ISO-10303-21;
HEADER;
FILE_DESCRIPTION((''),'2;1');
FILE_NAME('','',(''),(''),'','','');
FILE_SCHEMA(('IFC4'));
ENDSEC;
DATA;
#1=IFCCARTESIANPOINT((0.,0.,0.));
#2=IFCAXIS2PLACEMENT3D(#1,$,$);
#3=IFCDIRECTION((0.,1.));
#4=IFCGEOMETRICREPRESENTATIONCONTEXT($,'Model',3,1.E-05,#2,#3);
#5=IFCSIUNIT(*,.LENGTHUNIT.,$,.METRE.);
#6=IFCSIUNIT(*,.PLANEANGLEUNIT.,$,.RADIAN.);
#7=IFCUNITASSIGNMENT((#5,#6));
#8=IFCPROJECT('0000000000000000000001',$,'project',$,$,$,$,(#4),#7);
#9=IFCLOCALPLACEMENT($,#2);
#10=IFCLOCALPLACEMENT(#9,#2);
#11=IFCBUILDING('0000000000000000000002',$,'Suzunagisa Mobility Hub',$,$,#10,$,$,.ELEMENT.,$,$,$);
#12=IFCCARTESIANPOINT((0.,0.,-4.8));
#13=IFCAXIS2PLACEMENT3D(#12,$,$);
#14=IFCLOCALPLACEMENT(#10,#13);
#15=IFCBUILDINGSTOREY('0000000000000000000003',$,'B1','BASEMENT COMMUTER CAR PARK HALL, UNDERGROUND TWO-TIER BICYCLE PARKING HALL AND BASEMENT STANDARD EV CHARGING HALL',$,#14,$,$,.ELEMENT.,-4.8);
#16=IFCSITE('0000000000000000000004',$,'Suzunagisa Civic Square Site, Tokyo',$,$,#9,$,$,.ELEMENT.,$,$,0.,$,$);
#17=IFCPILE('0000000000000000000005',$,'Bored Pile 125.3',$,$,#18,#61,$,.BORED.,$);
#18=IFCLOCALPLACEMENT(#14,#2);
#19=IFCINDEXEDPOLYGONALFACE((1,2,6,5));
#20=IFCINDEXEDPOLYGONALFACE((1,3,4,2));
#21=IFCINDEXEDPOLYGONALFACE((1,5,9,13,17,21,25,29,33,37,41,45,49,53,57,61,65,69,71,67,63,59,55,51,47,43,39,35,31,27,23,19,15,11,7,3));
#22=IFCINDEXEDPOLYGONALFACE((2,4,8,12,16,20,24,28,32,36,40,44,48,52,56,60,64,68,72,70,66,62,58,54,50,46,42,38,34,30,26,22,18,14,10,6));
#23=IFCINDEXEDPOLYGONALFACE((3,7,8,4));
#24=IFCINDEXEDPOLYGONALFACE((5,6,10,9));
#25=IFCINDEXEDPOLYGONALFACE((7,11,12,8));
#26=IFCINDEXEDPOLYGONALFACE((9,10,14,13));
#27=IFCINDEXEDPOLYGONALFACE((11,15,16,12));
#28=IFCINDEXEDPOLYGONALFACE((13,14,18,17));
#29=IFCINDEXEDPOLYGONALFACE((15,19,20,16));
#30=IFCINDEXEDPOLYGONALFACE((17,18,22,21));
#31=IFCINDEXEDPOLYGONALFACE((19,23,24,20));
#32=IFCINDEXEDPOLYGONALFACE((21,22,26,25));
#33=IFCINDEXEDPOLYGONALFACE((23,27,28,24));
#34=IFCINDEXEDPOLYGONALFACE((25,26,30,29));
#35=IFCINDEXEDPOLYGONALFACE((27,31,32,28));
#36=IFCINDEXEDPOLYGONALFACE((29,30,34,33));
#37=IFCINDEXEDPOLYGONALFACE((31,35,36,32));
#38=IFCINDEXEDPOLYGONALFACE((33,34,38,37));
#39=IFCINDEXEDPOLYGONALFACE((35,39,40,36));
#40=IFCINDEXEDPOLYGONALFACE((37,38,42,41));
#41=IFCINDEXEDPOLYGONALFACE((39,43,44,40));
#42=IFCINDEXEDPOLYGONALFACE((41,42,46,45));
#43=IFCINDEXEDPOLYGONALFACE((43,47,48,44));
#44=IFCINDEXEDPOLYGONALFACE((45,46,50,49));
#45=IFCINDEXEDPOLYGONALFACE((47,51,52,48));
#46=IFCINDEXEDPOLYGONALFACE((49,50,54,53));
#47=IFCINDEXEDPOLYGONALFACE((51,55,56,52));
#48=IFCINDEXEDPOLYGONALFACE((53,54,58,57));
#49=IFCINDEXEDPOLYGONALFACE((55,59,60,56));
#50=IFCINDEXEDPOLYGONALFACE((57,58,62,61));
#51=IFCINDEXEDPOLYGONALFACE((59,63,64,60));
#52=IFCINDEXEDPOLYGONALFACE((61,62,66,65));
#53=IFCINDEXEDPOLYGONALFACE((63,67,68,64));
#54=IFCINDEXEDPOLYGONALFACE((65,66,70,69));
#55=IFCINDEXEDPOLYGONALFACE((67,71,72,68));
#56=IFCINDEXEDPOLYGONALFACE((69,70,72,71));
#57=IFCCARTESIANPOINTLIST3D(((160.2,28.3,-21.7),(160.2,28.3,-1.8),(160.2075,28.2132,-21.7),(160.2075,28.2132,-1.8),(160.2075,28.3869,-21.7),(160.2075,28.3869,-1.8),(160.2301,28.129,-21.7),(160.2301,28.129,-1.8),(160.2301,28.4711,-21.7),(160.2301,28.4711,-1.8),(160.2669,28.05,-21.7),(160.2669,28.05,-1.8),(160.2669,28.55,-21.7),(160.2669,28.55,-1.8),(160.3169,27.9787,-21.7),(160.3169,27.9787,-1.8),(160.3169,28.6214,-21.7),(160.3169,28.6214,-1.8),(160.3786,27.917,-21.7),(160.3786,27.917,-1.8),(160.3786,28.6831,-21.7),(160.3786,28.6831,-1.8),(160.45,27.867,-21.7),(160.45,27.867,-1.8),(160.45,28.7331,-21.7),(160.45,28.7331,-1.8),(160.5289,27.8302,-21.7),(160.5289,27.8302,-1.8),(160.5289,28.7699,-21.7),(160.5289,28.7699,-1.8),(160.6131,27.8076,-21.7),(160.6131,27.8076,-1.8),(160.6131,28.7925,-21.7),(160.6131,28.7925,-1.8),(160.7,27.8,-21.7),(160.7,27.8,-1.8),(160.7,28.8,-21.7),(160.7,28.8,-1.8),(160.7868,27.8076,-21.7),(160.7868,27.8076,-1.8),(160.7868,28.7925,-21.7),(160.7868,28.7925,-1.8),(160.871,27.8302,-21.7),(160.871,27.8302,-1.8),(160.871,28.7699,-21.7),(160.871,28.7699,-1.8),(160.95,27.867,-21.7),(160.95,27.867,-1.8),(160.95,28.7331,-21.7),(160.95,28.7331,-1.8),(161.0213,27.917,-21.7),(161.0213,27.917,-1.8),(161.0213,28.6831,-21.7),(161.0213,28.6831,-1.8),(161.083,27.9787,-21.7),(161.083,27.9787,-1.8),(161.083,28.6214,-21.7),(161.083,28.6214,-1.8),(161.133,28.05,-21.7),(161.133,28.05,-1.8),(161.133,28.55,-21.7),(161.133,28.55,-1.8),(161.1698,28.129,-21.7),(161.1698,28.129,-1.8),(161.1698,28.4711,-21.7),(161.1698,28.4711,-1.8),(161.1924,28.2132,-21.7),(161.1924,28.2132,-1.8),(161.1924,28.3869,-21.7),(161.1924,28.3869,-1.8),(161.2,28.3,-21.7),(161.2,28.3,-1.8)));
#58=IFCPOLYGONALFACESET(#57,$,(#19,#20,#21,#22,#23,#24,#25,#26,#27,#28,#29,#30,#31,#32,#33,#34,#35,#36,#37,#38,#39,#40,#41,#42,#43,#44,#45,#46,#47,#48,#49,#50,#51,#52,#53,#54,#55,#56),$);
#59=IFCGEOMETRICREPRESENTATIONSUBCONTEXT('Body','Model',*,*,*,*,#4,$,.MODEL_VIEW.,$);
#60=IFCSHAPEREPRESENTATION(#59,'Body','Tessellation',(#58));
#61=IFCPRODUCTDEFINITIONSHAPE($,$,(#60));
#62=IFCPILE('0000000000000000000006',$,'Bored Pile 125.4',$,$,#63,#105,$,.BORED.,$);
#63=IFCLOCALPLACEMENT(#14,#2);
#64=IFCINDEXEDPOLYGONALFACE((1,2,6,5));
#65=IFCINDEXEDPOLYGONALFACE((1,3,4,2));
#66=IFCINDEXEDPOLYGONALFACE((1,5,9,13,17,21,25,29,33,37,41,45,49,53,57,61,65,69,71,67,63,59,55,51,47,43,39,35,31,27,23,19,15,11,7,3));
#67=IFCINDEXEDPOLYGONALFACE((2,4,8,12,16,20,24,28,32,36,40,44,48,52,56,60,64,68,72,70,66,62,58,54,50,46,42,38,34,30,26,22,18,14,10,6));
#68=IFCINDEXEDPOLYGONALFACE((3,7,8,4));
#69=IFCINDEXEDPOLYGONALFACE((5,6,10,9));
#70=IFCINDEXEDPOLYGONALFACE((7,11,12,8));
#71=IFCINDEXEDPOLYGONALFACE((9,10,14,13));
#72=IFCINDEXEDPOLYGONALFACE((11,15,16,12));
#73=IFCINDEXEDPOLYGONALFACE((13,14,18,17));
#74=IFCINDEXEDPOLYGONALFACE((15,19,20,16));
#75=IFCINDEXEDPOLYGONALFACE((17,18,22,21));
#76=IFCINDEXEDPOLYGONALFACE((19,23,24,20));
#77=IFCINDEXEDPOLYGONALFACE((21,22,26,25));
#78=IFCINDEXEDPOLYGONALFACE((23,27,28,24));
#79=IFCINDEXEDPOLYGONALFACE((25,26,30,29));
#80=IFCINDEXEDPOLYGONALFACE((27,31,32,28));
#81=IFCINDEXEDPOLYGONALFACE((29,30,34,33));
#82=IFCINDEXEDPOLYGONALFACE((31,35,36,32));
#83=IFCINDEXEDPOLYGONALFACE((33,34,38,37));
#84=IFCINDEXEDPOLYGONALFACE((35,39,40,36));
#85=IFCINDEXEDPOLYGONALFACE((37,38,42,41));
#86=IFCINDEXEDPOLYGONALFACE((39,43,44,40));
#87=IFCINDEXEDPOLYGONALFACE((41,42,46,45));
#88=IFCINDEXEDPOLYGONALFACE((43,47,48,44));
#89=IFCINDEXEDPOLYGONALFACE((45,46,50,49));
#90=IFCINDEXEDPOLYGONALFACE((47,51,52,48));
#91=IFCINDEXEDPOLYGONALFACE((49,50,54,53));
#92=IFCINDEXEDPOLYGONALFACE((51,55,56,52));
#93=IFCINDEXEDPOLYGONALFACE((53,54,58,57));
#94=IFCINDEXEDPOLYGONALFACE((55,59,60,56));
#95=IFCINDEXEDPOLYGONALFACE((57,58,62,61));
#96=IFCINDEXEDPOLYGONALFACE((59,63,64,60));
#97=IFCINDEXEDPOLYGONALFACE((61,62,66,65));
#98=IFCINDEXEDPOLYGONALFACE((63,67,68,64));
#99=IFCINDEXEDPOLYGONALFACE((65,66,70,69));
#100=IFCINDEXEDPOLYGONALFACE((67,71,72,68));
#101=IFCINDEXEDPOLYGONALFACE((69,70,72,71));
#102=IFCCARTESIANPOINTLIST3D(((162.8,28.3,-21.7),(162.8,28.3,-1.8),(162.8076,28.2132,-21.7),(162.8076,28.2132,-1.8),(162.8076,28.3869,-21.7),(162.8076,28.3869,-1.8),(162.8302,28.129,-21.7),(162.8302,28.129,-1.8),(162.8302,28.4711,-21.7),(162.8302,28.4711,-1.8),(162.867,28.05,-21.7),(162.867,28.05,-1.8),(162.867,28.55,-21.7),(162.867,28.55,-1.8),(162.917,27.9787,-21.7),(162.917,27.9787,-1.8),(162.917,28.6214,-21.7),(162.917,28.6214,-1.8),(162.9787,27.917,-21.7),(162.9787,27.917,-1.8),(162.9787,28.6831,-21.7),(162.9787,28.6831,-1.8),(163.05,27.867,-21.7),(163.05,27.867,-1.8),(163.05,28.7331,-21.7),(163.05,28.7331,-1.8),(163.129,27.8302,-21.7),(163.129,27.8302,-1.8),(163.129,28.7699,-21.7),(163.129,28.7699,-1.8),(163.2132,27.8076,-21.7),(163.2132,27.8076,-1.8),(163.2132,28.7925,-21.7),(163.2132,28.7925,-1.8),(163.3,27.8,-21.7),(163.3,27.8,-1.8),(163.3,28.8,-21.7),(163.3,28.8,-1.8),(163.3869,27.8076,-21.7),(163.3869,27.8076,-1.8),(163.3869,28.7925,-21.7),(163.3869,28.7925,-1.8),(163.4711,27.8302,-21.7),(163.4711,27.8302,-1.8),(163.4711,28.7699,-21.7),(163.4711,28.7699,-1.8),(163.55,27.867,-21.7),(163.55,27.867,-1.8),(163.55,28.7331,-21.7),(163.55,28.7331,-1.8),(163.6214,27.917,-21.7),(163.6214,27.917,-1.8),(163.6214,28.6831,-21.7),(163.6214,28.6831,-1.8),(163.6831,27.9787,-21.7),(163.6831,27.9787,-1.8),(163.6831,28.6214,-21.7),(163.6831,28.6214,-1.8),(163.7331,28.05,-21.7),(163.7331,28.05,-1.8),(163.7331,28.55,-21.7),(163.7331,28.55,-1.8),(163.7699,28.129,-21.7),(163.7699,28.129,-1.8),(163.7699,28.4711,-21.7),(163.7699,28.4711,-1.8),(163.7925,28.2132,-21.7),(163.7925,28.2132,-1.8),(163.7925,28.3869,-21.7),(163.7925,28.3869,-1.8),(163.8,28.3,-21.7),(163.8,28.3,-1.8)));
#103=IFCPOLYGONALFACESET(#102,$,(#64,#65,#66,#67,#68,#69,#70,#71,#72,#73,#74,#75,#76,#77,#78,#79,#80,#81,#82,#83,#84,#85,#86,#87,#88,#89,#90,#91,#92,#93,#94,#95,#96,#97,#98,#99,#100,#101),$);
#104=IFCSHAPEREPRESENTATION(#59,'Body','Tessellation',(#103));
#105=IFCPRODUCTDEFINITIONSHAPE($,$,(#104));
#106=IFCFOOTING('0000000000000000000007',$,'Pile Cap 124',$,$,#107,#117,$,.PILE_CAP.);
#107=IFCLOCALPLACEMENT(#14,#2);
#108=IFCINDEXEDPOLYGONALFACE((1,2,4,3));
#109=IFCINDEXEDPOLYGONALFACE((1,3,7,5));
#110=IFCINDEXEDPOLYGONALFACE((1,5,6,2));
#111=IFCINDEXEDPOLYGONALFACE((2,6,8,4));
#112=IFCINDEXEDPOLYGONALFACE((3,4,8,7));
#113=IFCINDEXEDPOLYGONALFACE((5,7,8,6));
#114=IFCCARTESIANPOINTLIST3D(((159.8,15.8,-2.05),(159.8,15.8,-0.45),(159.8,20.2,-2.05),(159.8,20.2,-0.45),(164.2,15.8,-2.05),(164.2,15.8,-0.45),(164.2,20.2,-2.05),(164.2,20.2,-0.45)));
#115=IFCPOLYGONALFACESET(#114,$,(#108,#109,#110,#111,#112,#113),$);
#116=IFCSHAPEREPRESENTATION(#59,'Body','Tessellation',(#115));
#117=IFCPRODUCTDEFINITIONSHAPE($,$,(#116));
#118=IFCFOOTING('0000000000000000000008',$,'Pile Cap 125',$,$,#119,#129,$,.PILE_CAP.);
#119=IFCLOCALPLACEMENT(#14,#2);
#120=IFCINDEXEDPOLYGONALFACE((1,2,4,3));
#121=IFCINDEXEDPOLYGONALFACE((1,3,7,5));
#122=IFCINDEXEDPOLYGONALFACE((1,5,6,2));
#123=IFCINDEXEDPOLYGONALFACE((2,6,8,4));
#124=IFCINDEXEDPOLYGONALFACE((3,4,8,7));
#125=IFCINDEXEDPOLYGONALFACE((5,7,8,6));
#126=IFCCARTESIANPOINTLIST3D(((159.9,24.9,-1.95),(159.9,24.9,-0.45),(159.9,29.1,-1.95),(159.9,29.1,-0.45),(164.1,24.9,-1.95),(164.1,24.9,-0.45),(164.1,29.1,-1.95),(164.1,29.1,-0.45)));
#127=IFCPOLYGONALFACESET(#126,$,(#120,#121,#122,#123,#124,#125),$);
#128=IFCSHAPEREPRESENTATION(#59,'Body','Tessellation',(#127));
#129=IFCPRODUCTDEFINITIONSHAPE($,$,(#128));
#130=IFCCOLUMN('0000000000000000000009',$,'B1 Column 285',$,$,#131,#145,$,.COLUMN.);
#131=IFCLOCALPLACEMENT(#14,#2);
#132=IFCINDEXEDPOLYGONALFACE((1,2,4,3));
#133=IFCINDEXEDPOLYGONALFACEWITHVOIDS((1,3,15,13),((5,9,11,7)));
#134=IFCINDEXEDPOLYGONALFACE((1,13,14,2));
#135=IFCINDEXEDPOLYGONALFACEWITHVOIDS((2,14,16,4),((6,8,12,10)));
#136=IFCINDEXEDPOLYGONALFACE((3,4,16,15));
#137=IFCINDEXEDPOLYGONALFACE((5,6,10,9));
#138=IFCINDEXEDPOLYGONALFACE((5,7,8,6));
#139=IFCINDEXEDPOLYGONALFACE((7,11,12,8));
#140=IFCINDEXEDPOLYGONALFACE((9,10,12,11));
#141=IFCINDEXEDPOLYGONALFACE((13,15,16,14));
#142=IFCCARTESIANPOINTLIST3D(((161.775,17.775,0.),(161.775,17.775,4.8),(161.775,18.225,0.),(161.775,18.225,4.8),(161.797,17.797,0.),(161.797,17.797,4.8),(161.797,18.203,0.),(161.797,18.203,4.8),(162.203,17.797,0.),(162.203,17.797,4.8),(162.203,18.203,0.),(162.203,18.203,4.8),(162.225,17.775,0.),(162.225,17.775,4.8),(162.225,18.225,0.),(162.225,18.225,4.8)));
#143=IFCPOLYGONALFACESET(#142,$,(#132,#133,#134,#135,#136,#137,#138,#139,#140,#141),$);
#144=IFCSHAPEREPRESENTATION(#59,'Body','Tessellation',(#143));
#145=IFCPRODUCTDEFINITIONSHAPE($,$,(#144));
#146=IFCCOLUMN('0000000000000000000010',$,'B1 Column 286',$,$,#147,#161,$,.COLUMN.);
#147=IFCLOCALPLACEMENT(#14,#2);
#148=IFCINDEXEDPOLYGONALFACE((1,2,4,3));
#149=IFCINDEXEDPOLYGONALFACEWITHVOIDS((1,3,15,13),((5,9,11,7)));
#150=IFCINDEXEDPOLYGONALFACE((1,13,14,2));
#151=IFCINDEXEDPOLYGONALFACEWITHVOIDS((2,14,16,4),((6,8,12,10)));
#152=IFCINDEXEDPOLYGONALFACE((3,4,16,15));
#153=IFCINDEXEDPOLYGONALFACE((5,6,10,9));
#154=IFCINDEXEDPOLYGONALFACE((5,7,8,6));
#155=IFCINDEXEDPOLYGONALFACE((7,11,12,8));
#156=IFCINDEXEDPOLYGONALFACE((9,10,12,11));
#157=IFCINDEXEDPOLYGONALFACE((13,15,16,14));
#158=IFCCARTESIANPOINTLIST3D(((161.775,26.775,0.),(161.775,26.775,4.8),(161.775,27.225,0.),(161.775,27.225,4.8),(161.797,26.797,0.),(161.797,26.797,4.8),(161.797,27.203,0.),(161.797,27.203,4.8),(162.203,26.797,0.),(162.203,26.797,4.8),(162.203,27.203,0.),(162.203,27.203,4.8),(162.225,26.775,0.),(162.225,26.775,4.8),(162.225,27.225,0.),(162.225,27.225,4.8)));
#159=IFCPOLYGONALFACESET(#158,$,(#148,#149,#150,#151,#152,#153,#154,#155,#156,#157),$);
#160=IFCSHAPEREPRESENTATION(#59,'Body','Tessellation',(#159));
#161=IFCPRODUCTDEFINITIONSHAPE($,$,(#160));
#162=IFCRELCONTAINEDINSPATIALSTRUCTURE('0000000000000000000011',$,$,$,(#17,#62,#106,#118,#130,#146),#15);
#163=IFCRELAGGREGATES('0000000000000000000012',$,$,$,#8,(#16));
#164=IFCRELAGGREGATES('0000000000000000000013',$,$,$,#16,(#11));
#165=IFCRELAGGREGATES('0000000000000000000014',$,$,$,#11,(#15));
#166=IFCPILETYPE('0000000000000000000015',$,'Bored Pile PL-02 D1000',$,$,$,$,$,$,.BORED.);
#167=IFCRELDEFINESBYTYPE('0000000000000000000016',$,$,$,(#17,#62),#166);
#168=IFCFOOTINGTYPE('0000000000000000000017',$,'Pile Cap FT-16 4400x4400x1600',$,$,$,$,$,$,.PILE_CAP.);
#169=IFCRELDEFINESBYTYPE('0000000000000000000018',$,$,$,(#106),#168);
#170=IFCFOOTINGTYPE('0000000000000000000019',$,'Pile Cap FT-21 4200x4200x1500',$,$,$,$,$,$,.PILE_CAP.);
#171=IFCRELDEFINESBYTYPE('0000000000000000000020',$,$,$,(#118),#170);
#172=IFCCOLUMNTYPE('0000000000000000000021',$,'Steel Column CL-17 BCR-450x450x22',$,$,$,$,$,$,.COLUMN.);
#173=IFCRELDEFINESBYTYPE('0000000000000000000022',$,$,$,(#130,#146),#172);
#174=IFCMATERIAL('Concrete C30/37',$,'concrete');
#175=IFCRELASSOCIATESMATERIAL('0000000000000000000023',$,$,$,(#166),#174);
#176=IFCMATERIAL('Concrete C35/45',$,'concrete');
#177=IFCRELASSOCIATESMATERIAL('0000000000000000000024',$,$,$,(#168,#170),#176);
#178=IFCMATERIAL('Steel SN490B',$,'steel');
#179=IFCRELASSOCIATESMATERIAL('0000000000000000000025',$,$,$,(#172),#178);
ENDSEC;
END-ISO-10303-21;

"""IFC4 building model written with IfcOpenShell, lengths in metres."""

from ifc_helpers import new_model, si_unit, direction, frame, origin, origin_2d, place, context, subcontext, project, spatial, rectangle, hollow_rectangle, circle, extrude, material, material_profile, profile_set, type_object, element, save


model = new_model("IFC4")

# Units and contexts
model_context = context("Model", 3, precision=1e-05, world=origin(), true_north=direction((0.0, 1.0)))
body_context = subcontext(model_context, "Body", "Model", "MODEL_VIEW")
ifc_project = project(units=[si_unit("LENGTHUNIT", "METRE"), si_unit("PLANEANGLEUNIT", "RADIAN")], contexts=[model_context])

# Site, building, storey
site_placement = place(None, origin())
site = spatial("IfcSite", under=ifc_project, at=site_placement, Name="Suzunagisa Civic Square Site, Tokyo", CompositionType="ELEMENT", RefElevation=0.0)
building_placement = place(site_placement, origin())
building = spatial("IfcBuilding", under=site, at=building_placement, Name="Suzunagisa Mobility Hub", CompositionType="ELEMENT")
storey_placement = place(building_placement, frame((0.0, 0.0, -4.8)))
storey = spatial("IfcBuildingStorey", under=building, at=storey_placement, Name="B1", Description="BASEMENT COMMUTER CAR PARK HALL, UNDERGROUND TWO-TIER BICYCLE PARKING HALL AND BASEMENT STANDARD EV CHARGING HALL", CompositionType="ELEMENT", Elevation=-4.8)

# Piles
ifc_material_1 = material(Name="Concrete C30/37", Category="concrete")
ifc_material_profile_1 = material_profile(ifc_material_1, circle(Radius=0.5, at=origin_2d()), Name="BORED PILE D1000")
ifc_profile_set_1 = profile_set([ifc_material_profile_1], Name="Concrete C30/37")
pile_type_1 = type_object("IfcPileType", Name="Bored Pile PL-02 D1000", PredefinedType="BORED", material=ifc_profile_set_1)
for number, where, z_axis, x_axis, name in (
    (1, (160.7, 28.3, -1.8), (0.0, 0.0, -1.0), (1.0, 0.0, 0.0), "Bored Pile 125.3"),
    (2, (163.3, 28.3, -1.8), (0.0, 0.0, -1.0), (1.0, 0.0, 0.0), "Bored Pile 125.4"),
):
    element("IfcPile", number, at=place(storey_placement, frame(where, z_axis=z_axis, x_axis=x_axis)), inside=storey, type_object=pile_type_1, Name=name, PredefinedType="BORED", context=body_context, shape_type="SweptSolid", body=[
        extrude(circle(Radius=0.5, at=origin_2d()), origin(), (0.0, 0.0, 1.0), 19.8999),
    ])

# Footings
ifc_material_2 = material(Name="Concrete C35/45", Category="concrete")
footing_type_1 = type_object("IfcFootingType", Name="Pile Cap FT-16 4400x4400x1600", PredefinedType="PILE_CAP", material=ifc_material_2)
footing_1_placement = place(storey_placement, frame((162.0, 18.0, -2.05), z_axis=(0.0, 0.0, 1.0), x_axis=(1.0, 0.0, 0.0)))
element("IfcFooting", 3, at=footing_1_placement, inside=storey, type_object=footing_type_1, Name="Pile Cap 124", PredefinedType="PILE_CAP", context=body_context, shape_type="SweptSolid", body=[
    extrude(rectangle(XDim=4.3999, YDim=4.3999, at=origin_2d()), origin(), (0.0, 0.0, 1.0), 1.6001),
])
footing_type_2 = type_object("IfcFootingType", Name="Pile Cap FT-21 4200x4200x1500", PredefinedType="PILE_CAP", material=ifc_material_2)
footing_2_placement = place(storey_placement, frame((162.0, 27.0, -1.95), z_axis=(0.0, 0.0, 1.0), x_axis=(1.0, 0.0, 0.0)))
element("IfcFooting", 4, at=footing_2_placement, inside=storey, type_object=footing_type_2, Name="Pile Cap 125", PredefinedType="PILE_CAP", context=body_context, shape_type="SweptSolid", body=[
    extrude(rectangle(XDim=4.2, YDim=4.2, at=origin_2d()), origin(), (0.0, 0.0, 1.0), 1.5),
])

# Columns
ifc_material_3 = material(Name="Steel SN490B", Category="steel")
ifc_material_profile_2 = material_profile(ifc_material_3, hollow_rectangle(XDim=0.45, YDim=0.45, WallThickness=0.022, at=origin_2d()), Name="BCR-450x450x22")
ifc_profile_set_2 = profile_set([ifc_material_profile_2], Name="Steel SN490B")
column_type = type_object("IfcColumnType", Name="Steel Column CL-17 BCR-450x450x22", PredefinedType="COLUMN", material=ifc_profile_set_2)
for number, where, z_axis, x_axis, name in (
    (5, (162.0, 18.0, 0.0), (0.0, 0.0, 1.0), (1.0, 0.0, 0.0), "B1 Column 285"),
    (6, (162.0, 27.0, 0.0), (0.0, 0.0, 1.0), (1.0, 0.0, 0.0), "B1 Column 286"),
):
    element("IfcColumn", number, at=place(storey_placement, frame(where, z_axis=z_axis, x_axis=x_axis)), inside=storey, type_object=column_type, Name=name, PredefinedType="COLUMN", context=body_context, shape_type="SweptSolid", body=[
        extrude(hollow_rectangle(XDim=0.45, YDim=0.45, WallThickness=0.022, at=origin_2d()), origin(), (0.0, 0.0, 1.0), 4.8),
    ])

save(model, "model.ifc")
